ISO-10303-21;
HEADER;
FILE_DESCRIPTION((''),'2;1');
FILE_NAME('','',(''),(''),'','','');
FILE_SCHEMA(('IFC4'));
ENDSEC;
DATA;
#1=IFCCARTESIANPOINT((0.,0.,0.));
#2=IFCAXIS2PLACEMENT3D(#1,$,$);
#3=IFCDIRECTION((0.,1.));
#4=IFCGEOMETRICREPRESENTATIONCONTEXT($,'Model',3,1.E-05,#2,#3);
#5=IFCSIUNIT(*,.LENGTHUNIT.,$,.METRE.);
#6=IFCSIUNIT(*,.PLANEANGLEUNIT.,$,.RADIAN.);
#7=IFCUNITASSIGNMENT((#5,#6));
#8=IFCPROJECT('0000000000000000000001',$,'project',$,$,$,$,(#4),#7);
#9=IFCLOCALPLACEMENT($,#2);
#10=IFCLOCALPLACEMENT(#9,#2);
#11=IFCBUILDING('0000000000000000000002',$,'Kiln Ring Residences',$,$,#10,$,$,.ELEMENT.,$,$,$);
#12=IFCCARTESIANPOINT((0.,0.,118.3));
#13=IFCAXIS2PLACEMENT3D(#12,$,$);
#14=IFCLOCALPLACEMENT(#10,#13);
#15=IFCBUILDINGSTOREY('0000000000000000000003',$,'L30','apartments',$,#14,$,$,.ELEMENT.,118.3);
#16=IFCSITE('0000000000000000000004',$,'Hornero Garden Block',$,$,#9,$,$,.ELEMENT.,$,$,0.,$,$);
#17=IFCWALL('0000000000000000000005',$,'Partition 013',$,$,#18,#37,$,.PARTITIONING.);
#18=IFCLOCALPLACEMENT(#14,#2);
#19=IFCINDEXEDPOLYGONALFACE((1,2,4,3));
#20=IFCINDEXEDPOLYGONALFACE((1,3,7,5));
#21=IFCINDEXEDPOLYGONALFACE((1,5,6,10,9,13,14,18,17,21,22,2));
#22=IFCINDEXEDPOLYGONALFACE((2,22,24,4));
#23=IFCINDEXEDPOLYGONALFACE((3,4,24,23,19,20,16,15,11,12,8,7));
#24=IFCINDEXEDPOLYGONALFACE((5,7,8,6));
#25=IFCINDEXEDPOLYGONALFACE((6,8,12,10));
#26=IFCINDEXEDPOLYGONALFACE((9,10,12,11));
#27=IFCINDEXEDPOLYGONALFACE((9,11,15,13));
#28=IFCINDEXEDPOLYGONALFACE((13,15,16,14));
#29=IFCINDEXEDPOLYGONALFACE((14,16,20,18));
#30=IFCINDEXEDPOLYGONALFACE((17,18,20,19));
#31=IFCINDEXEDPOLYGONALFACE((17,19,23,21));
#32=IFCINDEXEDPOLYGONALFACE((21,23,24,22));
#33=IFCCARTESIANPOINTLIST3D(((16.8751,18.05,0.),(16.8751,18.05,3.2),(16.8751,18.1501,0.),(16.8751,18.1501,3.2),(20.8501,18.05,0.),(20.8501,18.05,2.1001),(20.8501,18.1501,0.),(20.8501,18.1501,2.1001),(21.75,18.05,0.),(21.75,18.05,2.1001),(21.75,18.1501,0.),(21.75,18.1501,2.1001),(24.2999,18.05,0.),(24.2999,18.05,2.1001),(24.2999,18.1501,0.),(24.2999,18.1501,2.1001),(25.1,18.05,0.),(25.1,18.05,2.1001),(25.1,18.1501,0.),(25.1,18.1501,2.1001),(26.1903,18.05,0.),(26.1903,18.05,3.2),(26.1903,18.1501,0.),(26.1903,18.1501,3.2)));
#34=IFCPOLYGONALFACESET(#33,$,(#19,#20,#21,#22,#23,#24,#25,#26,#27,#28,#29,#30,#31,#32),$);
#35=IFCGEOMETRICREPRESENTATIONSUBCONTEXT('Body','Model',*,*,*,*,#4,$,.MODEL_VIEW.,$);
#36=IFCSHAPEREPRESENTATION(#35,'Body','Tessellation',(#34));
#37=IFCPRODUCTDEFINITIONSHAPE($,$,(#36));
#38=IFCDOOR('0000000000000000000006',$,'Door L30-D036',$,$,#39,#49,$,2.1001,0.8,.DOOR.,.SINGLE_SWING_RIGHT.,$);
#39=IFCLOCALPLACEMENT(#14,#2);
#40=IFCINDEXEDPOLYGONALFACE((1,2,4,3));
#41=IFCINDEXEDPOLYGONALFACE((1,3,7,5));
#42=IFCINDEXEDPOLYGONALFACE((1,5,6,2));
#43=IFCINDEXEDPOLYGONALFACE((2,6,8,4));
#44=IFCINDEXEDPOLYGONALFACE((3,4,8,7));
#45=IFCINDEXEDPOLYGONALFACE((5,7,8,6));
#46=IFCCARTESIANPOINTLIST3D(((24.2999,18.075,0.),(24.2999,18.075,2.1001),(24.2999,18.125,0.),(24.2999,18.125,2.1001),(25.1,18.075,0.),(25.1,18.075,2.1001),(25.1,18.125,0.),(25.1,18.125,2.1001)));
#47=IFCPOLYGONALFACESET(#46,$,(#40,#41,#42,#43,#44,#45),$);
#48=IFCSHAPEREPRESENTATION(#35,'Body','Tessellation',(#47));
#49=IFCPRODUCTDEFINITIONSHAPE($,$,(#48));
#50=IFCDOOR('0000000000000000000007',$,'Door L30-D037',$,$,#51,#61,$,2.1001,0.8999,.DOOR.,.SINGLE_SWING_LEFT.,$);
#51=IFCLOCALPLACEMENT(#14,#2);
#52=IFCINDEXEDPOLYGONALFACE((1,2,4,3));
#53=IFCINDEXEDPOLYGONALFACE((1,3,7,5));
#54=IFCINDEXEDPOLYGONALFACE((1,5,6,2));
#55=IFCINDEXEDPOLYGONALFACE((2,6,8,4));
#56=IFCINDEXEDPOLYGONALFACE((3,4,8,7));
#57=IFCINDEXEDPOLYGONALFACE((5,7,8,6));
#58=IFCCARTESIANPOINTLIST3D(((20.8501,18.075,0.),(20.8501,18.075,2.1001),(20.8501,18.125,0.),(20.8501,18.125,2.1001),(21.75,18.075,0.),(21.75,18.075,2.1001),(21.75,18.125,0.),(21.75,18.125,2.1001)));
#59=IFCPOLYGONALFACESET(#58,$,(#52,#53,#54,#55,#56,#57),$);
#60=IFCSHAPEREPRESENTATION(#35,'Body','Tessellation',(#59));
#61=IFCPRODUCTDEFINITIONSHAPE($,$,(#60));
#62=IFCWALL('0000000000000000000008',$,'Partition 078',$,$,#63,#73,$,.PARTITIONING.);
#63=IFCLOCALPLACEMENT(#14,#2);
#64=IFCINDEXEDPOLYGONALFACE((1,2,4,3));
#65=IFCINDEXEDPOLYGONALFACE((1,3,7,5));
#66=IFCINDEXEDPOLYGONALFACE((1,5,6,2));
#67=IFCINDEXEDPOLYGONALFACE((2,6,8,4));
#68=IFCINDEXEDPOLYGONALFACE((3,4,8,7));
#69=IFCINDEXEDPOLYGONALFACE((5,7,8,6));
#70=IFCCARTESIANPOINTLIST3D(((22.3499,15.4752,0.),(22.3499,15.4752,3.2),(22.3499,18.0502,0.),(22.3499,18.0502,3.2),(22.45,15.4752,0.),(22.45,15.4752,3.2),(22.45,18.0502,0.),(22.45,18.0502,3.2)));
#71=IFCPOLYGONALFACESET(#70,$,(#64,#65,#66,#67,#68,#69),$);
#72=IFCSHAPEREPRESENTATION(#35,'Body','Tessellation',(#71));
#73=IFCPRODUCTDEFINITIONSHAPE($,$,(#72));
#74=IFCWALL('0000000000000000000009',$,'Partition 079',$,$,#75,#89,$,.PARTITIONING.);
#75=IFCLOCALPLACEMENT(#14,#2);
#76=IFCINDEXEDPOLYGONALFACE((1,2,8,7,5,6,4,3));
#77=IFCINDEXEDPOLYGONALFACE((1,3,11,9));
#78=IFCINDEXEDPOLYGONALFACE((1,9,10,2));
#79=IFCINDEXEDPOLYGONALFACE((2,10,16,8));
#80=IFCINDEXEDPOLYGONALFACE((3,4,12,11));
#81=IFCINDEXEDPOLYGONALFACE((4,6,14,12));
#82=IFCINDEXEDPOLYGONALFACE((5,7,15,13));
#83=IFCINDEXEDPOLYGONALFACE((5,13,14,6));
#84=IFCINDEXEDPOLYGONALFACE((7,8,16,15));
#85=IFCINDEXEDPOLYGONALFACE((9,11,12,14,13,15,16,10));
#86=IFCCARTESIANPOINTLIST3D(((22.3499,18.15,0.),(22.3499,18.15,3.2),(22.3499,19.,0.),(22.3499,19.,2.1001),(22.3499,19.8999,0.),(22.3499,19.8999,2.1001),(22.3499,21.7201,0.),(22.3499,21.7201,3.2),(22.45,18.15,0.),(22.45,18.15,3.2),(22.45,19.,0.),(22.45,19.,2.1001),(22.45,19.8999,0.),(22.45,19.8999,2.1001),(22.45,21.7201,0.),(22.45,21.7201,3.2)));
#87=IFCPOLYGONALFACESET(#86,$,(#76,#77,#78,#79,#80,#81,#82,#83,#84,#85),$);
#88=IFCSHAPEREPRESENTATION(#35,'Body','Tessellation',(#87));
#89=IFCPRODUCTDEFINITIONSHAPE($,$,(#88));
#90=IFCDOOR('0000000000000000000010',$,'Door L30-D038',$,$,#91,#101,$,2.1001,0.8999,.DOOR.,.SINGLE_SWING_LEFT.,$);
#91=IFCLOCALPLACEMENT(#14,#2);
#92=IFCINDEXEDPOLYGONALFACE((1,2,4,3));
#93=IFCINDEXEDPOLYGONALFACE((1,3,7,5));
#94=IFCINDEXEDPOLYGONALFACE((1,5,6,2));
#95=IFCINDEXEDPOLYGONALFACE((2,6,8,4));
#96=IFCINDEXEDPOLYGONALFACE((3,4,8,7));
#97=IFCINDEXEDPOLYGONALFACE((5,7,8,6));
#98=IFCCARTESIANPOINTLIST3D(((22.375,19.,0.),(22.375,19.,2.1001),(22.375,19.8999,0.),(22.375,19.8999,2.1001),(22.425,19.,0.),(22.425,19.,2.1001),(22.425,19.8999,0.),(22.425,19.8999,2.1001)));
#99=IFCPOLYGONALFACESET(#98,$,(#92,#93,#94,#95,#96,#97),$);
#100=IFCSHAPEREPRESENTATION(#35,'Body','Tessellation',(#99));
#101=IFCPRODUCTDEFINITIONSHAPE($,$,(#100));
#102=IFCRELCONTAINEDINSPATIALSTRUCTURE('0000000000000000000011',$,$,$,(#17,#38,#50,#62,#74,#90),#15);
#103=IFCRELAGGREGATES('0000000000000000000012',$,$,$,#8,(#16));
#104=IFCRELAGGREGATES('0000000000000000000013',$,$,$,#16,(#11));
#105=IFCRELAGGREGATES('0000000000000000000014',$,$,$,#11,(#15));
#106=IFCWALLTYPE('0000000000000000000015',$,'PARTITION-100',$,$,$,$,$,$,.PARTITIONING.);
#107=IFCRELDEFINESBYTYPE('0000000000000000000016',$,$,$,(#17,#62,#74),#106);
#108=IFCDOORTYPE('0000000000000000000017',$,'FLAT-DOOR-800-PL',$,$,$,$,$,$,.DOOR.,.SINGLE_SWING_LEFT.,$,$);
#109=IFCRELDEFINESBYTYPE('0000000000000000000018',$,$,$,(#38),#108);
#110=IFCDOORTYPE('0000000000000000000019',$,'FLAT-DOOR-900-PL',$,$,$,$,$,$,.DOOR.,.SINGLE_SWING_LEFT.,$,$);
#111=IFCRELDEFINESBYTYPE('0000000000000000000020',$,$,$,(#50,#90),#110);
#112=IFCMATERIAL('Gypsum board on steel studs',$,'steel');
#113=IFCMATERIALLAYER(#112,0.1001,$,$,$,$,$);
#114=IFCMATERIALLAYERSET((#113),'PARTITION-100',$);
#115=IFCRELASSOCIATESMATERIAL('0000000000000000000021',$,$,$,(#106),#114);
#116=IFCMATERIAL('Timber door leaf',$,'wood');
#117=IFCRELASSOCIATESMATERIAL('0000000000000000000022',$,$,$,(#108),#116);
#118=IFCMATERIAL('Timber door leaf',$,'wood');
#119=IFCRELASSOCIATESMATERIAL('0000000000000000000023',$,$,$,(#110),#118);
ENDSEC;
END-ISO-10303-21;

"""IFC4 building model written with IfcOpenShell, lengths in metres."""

from ifc_helpers import new_model, si_unit, direction, frame, frame_2d, origin, place, context, subcontext, project, spatial, rectangle, extrude, material, layer, layer_set, type_object, element, fill, save


model = new_model("IFC4")

# Units and contexts
model_context = context("Model", 3, precision=1e-05, world=origin(), true_north=direction((0.0, 1.0)))
body_context = subcontext(model_context, "Body", "Model", "MODEL_VIEW")
ifc_project = project(units=[si_unit("LENGTHUNIT", "METRE"), si_unit("PLANEANGLEUNIT", "RADIAN")], contexts=[model_context])

# Site, building, storey
site_placement = place(None, origin())
site = spatial("IfcSite", under=ifc_project, at=site_placement, Name="Hornero Garden Block", CompositionType="ELEMENT", RefElevation=0.0)
building_placement = place(site_placement, origin())
building = spatial("IfcBuilding", under=site, at=building_placement, Name="Kiln Ring Residences", CompositionType="ELEMENT")
storey_placement = place(building_placement, frame((0.0, 0.0, 118.3)))
storey = spatial("IfcBuildingStorey", under=building, at=storey_placement, Name="L30", Description="apartments", CompositionType="ELEMENT", Elevation=118.3)

# Wall, openings, doors
ifc_material_1 = material(Name="Gypsum board on steel studs", Category="steel")
ifc_layer_1 = layer(ifc_material_1, 0.1001)
ifc_layer_set_1 = layer_set([ifc_layer_1], Name="PARTITION-100")
wall_type_1 = type_object("IfcWallType", Name="PARTITION-100", PredefinedType="PARTITIONING", material=ifc_layer_set_1)
wall_1_placement = place(storey_placement, frame((16.875, 18.1001, 0.0), z_axis=(0.0, 0.0, 1.0), x_axis=(1.0, 0.0, 0.0)))
wall_1 = element("IfcWall", 1, at=wall_1_placement, inside=storey, type_object=wall_type_1, Name="Partition 013", PredefinedType="PARTITIONING", context=body_context, shape_type="SweptSolid", body=[
    extrude(rectangle(XDim=9.3152, YDim=0.1001, at=frame_2d((4.6577, 0.0))), origin(), (0.0, 0.0, 1.0), 3.2),
])
opening_1_placement = place(wall_1_placement, frame((7.425, 0.0, 0.0)))
opening_1 = element("IfcOpeningElement", 2, at=opening_1_placement, cuts=wall_1, PredefinedType="OPENING", context=body_context, shape_type="SweptSolid", body=[
    extrude(rectangle(XDim=0.8, YDim=2.1001, at=frame_2d((0.3999, 1.05))), frame((0.0, 0.0601, 0.0), z_axis=(0.0, -1.0, 0.0), x_axis=(1.0, 0.0, 0.0)), (0.0, 0.0, 1.0), 0.1201),
])
opening_2_placement = place(wall_1_placement, frame((3.9751, 0.0, 0.0)))
opening_2 = element("IfcOpeningElement", 3, at=opening_2_placement, cuts=wall_1, PredefinedType="OPENING", context=body_context, shape_type="SweptSolid", body=[
    extrude(rectangle(XDim=0.8999, YDim=2.1001, at=frame_2d((0.45, 1.05))), frame((0.0, 0.0601, 0.0), z_axis=(0.0, -1.0, 0.0), x_axis=(1.0, 0.0, 0.0)), (0.0, 0.0, 1.0), 0.1201),
])
ifc_material_2 = material(Name="Timber door leaf", Category="wood")
door_type_1 = type_object("IfcDoorType", Name="FLAT-DOOR-800-PL", OperationType="SINGLE_SWING_LEFT", PredefinedType="DOOR", material=ifc_material_2)
door_1_placement = place(opening_1_placement, origin())
door_1 = element("IfcDoor", 4, at=door_1_placement, inside=storey, type_object=door_type_1, Name="Door L30-D036", OperationType="SINGLE_SWING_RIGHT", OverallHeight=2.1001, OverallWidth=0.8, PredefinedType="DOOR", context=body_context, shape_type="SweptSolid", body=[
    extrude(rectangle(XDim=0.8, YDim=2.1001, at=frame_2d((0.3999, 1.05))), frame((0.0, 0.0249, 0.0), z_axis=(0.0, -1.0, 0.0), x_axis=(1.0, 0.0, 0.0)), (0.0, 0.0, 1.0), 0.05),
])
fill(opening_1, door_1)
ifc_material_3 = material(Name="Timber door leaf", Category="wood")
door_type_2 = type_object("IfcDoorType", Name="FLAT-DOOR-900-PL", OperationType="SINGLE_SWING_LEFT", PredefinedType="DOOR", material=ifc_material_3)
door_2_placement = place(opening_2_placement, origin())
door_2 = element("IfcDoor", 5, at=door_2_placement, inside=storey, type_object=door_type_2, Name="Door L30-D037", OperationType="SINGLE_SWING_LEFT", OverallHeight=2.1001, OverallWidth=0.8999, PredefinedType="DOOR", context=body_context, shape_type="SweptSolid", body=[
    extrude(rectangle(XDim=0.8999, YDim=2.1001, at=frame_2d((0.45, 1.05))), frame((0.0, 0.0249, 0.0), z_axis=(0.0, -1.0, 0.0), x_axis=(1.0, 0.0, 0.0)), (0.0, 0.0, 1.0), 0.05),
])
fill(opening_2, door_2)

# Wall
wall_2_placement = place(storey_placement, frame((22.3999, 15.4751, 0.0), z_axis=(0.0, 0.0, 1.0), x_axis=(0.0, 1.0, 0.0)))
element("IfcWall", 6, at=wall_2_placement, inside=storey, type_object=wall_type_1, Name="Partition 078", PredefinedType="PARTITIONING", context=body_context, shape_type="SweptSolid", body=[
    extrude(rectangle(XDim=2.575, YDim=0.1001, at=frame_2d((1.2876, 0.0))), origin(), (0.0, 0.0, 1.0), 3.2),
])

# Wall, opening, door
wall_3_placement = place(storey_placement, frame((22.3999, 18.1499, 0.0), z_axis=(0.0, 0.0, 1.0), x_axis=(0.0, 1.0, 0.0)))
wall_3 = element("IfcWall", 7, at=wall_3_placement, inside=storey, type_object=wall_type_1, Name="Partition 079", PredefinedType="PARTITIONING", context=body_context, shape_type="SweptSolid", body=[
    extrude(rectangle(XDim=3.5701, YDim=0.1001, at=frame_2d((1.7852, 0.0))), origin(), (0.0, 0.0, 1.0), 3.2),
])
opening_3_placement = place(wall_3_placement, frame((0.8501, 0.0, 0.0)))
opening_3 = element("IfcOpeningElement", 8, at=opening_3_placement, cuts=wall_3, PredefinedType="OPENING", context=body_context, shape_type="SweptSolid", body=[
    extrude(rectangle(XDim=0.8999, YDim=2.1001, at=frame_2d((0.45, 1.05))), frame((0.0, 0.0601, 0.0), z_axis=(0.0, -1.0, 0.0), x_axis=(1.0, 0.0, 0.0)), (0.0, 0.0, 1.0), 0.1201),
])
door_3_placement = place(opening_3_placement, origin())
door_3 = element("IfcDoor", 9, at=door_3_placement, inside=storey, type_object=door_type_2, Name="Door L30-D038", OperationType="SINGLE_SWING_LEFT", OverallHeight=2.1001, OverallWidth=0.8999, PredefinedType="DOOR", context=body_context, shape_type="SweptSolid", body=[
    extrude(rectangle(XDim=0.8999, YDim=2.1001, at=frame_2d((0.45, 1.05))), frame((0.0, 0.0249, 0.0), z_axis=(0.0, -1.0, 0.0), x_axis=(1.0, 0.0, 0.0)), (0.0, 0.0, 1.0), 0.05),
])
fill(opening_3, door_3)

save(model, "model.ifc")
